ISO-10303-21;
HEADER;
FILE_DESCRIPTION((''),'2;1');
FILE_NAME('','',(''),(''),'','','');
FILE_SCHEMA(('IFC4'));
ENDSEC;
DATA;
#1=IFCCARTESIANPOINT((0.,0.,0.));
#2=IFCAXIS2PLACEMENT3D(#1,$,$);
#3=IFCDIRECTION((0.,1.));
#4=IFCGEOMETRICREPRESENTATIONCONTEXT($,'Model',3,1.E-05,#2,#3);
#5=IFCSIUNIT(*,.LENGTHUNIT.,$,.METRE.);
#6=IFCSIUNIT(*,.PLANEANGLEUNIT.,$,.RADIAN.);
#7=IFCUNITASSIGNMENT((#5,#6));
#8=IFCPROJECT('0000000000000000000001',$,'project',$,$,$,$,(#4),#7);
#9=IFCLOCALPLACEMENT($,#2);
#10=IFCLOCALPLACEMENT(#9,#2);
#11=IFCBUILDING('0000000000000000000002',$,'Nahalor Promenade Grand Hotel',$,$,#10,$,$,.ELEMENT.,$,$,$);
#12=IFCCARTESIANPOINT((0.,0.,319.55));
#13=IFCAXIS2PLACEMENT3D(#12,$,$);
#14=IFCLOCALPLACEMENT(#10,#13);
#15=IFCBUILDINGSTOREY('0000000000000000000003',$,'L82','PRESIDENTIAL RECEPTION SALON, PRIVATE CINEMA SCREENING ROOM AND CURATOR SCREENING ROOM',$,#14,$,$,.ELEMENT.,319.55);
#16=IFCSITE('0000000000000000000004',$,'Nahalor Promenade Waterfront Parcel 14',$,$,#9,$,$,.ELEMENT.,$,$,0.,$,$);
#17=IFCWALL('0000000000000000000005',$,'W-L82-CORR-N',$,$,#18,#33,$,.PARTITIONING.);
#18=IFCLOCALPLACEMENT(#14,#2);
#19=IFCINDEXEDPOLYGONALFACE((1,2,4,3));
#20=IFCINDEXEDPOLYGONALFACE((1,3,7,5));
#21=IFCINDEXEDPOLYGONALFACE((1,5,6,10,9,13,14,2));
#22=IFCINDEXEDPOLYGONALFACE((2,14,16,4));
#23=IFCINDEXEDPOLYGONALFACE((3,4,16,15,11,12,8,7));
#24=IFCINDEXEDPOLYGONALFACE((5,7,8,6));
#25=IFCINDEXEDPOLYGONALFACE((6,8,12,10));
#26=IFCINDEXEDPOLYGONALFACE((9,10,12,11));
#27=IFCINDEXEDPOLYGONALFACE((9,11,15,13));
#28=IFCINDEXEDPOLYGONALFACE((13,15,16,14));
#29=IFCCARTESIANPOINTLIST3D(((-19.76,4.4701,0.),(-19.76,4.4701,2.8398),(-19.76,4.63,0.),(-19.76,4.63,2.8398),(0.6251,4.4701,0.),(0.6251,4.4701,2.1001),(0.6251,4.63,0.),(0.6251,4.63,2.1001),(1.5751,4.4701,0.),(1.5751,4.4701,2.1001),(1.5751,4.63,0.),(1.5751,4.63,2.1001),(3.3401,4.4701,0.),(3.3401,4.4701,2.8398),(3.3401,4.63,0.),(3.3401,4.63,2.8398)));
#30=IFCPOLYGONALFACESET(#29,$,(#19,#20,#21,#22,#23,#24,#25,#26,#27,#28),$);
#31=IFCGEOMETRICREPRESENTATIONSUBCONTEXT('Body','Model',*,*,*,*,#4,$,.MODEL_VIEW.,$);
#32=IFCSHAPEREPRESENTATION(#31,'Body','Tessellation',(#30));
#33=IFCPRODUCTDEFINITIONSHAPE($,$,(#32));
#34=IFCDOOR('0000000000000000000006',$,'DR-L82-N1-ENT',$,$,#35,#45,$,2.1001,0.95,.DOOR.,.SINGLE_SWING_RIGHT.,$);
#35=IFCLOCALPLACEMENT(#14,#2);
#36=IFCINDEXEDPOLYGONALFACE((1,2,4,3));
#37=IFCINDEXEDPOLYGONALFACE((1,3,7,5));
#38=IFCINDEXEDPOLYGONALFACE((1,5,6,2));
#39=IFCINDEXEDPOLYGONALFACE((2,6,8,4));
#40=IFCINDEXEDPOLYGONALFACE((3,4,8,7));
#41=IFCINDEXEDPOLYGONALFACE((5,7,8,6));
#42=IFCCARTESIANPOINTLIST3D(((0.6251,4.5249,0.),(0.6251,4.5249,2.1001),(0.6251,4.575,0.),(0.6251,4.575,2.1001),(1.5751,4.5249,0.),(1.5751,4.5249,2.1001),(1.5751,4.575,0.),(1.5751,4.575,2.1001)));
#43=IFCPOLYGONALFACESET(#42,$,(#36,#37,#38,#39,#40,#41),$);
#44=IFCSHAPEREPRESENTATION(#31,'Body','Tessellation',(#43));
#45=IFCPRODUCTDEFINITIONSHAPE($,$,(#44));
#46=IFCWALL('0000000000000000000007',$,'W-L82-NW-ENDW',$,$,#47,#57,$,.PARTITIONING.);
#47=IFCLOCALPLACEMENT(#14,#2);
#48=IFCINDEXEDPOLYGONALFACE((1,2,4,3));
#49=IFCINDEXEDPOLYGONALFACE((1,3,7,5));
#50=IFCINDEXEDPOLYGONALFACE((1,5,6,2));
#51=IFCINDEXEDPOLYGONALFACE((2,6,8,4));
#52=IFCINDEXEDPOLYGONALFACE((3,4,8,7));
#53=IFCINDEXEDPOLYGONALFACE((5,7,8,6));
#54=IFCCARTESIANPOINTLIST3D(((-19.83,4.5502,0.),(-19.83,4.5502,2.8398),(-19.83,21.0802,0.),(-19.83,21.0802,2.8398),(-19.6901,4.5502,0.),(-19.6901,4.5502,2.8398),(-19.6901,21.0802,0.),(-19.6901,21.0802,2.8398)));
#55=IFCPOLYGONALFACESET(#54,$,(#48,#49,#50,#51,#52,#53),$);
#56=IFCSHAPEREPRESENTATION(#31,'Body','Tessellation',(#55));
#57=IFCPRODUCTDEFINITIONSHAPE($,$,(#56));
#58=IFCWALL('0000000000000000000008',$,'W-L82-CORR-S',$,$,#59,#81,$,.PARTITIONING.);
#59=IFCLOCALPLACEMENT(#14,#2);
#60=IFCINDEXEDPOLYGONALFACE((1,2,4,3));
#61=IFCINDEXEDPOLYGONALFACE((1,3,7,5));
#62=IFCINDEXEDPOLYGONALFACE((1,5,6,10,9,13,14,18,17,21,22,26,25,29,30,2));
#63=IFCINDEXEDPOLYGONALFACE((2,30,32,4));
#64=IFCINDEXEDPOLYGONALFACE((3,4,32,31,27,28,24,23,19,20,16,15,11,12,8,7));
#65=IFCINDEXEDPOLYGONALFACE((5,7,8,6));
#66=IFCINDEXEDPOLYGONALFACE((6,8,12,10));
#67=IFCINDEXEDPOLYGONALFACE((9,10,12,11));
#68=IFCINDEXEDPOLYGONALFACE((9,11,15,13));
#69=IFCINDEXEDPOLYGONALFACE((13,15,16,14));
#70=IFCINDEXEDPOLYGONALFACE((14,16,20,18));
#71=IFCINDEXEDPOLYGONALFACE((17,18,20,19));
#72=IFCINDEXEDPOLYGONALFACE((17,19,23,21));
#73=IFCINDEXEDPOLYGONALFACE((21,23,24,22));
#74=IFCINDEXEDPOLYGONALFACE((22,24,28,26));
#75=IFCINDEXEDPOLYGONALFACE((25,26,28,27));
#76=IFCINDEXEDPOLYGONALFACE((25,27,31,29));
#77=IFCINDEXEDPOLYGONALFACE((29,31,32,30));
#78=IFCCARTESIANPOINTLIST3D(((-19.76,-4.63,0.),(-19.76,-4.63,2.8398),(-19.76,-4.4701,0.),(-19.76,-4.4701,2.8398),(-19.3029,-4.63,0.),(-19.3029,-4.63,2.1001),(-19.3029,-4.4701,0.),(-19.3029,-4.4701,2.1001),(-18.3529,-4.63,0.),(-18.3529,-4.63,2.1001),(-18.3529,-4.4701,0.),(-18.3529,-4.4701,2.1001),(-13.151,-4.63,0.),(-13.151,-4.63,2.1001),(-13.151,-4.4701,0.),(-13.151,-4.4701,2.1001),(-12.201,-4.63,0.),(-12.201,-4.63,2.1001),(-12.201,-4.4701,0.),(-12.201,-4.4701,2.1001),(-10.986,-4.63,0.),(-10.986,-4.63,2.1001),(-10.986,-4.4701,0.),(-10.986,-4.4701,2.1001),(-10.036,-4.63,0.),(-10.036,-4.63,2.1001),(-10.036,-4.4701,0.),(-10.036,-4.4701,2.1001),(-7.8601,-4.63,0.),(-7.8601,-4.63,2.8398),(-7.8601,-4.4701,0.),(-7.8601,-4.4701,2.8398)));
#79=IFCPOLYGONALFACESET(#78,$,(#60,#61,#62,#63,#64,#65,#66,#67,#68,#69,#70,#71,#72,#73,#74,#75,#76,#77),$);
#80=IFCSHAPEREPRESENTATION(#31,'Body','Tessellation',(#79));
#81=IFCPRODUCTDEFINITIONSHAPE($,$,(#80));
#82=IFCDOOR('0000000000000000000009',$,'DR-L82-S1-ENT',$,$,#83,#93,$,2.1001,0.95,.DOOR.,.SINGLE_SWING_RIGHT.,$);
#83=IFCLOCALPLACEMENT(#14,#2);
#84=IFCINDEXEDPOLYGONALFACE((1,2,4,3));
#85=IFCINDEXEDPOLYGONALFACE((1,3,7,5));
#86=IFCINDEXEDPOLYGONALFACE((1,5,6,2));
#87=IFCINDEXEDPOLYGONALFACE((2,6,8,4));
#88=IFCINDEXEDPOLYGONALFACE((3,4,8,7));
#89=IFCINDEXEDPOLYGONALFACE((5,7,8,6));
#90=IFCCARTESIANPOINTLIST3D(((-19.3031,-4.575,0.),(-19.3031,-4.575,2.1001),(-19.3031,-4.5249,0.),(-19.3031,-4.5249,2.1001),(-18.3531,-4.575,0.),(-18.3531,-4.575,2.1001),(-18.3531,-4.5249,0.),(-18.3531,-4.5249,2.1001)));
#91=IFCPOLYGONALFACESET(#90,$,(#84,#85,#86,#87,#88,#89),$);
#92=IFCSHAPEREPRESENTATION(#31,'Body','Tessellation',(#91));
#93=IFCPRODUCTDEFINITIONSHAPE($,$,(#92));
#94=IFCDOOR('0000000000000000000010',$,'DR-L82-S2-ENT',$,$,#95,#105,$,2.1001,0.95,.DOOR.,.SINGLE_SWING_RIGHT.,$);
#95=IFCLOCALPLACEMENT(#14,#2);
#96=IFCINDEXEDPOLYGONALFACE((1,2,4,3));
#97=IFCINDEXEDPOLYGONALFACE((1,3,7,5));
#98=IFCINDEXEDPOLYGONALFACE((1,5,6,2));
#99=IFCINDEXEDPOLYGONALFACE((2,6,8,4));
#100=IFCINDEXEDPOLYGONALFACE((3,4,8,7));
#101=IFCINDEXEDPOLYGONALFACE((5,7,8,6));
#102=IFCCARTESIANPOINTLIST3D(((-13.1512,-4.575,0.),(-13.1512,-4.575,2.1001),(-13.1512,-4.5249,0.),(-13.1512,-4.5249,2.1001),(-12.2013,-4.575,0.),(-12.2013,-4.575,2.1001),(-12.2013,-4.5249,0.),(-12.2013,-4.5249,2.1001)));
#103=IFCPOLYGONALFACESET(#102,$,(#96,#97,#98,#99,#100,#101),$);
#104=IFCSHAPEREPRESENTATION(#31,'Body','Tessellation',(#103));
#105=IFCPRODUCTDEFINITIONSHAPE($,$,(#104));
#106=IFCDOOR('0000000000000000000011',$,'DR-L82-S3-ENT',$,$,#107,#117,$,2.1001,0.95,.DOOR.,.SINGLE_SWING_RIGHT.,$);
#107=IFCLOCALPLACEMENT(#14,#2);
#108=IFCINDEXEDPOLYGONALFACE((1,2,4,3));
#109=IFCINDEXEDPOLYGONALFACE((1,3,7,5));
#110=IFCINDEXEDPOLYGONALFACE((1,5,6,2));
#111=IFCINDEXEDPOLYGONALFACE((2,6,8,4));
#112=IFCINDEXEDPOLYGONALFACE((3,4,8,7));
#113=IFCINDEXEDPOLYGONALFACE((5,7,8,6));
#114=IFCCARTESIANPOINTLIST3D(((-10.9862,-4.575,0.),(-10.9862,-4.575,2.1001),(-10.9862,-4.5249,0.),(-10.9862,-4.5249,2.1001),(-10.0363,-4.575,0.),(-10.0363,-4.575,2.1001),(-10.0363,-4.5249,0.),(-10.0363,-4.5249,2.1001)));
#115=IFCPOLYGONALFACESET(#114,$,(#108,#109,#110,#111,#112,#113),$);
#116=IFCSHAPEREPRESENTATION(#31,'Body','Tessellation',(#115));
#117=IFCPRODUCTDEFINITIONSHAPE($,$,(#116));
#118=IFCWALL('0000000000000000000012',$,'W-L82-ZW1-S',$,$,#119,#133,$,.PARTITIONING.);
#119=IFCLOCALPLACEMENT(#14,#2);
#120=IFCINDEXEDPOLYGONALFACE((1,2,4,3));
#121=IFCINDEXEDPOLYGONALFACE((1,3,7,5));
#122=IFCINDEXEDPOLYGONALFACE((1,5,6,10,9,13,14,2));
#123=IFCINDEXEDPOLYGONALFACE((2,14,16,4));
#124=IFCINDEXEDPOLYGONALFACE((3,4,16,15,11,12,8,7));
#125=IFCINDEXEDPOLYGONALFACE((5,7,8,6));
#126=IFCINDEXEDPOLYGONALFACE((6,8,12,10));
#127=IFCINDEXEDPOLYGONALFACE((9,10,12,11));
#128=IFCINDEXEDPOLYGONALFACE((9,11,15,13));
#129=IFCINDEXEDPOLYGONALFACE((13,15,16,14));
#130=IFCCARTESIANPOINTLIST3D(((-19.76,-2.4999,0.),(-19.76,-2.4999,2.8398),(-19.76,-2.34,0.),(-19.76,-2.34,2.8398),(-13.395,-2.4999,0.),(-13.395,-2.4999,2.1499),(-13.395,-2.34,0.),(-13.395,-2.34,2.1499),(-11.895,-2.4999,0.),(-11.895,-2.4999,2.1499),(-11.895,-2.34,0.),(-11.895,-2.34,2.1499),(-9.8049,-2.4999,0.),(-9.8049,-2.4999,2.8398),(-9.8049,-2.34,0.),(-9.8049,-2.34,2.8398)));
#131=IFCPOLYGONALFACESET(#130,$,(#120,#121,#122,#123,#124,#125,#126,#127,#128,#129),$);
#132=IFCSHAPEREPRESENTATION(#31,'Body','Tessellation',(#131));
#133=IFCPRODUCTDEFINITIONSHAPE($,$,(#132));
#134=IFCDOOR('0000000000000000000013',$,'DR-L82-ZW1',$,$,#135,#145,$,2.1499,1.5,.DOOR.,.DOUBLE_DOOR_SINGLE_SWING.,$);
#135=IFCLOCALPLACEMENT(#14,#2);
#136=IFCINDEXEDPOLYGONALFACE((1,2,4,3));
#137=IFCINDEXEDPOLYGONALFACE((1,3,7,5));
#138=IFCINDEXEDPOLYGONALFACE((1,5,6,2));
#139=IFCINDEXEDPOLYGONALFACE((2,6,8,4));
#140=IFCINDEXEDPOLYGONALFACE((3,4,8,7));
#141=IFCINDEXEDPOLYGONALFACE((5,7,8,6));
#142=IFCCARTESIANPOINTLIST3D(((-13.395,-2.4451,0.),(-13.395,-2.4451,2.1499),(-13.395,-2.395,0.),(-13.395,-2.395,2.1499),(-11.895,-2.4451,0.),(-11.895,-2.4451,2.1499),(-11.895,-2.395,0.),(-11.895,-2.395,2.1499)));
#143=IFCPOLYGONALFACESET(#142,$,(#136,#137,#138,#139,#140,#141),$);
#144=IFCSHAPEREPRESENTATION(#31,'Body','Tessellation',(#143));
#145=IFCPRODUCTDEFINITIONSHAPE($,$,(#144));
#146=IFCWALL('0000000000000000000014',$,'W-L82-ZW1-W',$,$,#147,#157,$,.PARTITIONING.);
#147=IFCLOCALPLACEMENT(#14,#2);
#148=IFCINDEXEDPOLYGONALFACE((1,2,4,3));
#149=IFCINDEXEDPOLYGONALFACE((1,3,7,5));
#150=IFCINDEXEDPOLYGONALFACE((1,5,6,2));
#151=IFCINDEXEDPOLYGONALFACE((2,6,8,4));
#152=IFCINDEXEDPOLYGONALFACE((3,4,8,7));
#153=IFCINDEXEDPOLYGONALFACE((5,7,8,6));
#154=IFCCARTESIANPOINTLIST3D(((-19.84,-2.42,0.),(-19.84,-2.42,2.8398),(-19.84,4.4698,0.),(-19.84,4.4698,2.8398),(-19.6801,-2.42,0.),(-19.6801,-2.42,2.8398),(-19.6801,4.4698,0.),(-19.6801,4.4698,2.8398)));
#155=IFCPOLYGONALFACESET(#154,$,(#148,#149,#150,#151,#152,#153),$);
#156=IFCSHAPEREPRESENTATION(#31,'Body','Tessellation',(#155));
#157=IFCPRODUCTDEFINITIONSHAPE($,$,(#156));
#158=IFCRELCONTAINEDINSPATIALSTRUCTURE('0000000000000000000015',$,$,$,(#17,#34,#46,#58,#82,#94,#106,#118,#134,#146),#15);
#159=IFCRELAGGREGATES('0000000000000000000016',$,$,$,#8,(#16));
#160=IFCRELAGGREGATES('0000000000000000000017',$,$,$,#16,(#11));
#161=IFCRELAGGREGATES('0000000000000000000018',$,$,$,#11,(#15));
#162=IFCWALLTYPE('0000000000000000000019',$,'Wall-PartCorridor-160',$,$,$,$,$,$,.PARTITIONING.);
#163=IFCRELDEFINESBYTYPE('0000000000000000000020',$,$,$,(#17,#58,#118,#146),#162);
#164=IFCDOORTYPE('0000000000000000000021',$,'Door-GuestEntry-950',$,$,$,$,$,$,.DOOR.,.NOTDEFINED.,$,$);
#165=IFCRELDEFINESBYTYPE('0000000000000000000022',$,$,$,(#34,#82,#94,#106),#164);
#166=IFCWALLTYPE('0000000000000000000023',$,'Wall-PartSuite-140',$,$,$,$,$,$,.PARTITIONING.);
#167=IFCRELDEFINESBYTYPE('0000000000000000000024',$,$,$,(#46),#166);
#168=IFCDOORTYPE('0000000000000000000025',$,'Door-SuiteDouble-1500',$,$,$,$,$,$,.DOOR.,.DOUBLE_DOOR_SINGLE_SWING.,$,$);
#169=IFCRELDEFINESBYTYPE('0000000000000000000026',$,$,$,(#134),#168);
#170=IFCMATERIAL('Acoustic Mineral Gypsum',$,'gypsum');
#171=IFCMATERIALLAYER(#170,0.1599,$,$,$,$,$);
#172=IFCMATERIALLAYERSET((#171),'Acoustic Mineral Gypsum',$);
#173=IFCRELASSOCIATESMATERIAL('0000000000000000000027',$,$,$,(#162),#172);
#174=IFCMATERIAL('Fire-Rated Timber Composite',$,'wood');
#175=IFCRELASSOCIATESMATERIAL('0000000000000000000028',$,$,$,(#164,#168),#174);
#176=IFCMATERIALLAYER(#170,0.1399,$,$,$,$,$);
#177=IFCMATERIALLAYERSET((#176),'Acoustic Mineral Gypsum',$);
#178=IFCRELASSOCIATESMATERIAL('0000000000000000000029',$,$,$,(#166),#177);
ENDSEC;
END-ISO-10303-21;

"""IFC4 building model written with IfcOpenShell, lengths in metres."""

from ifc_helpers import new_model, si_unit, direction, frame, frame_2d, origin, place, context, subcontext, project, spatial, rectangle, extrude, source, transform, mapped, material, layer, layer_set, type_object, element, fill, save


model = new_model("IFC4")

# Units and contexts
model_context = context("Model", 3, precision=1e-05, world=origin(), true_north=direction((0.0, 1.0)))
body_context = subcontext(model_context, "Body", "Model", "MODEL_VIEW")
ifc_project = project(units=[si_unit("LENGTHUNIT", "METRE"), si_unit("PLANEANGLEUNIT", "RADIAN")], contexts=[model_context])

# Site, building, storey
site_placement = place(None, origin())
site = spatial("IfcSite", under=ifc_project, at=site_placement, Name="Nahalor Promenade Waterfront Parcel 14", CompositionType="ELEMENT", RefElevation=0.0)
building_placement = place(site_placement, origin())
building = spatial("IfcBuilding", under=site, at=building_placement, Name="Nahalor Promenade Grand Hotel", CompositionType="ELEMENT")
storey_placement = place(building_placement, frame((0.0, 0.0, 319.55)))
storey = spatial("IfcBuildingStorey", under=building, at=storey_placement, Name="L82", Description="PRESIDENTIAL RECEPTION SALON, PRIVATE CINEMA SCREENING ROOM AND CURATOR SCREENING ROOM", CompositionType="ELEMENT", Elevation=319.55)

# Wall, opening, door
ifc_material_1 = material(Name="Acoustic Mineral Gypsum", Category="gypsum")
ifc_layer_1 = layer(ifc_material_1, 0.1599)
ifc_layer_set_1 = layer_set([ifc_layer_1], Name="Acoustic Mineral Gypsum")
wall_type_1 = type_object("IfcWallType", Name="Wall-PartCorridor-160", PredefinedType="PARTITIONING", material=ifc_layer_set_1)
shared_shape_1 = source(origin(), body_context, "Body", "SweptSolid", [
    extrude(rectangle(XDim=23.1001, YDim=0.1599, at=frame_2d((11.55, 0.0))), origin(), (0.0, 0.0, 1.0), 2.8398),
])
wall_1_placement = place(storey_placement, frame((-19.76, 4.55, 0.0), z_axis=(0.0, 0.0, 1.0), x_axis=(1.0, 0.0, 0.0)))
wall_1 = element("IfcWall", 1, at=wall_1_placement, inside=storey, type_object=wall_type_1, Name="W-L82-CORR-N", PredefinedType="PARTITIONING", context=body_context, shape_type="MappedRepresentation", body=[
    mapped(shared_shape_1, transform((0.0, 0.0, 0.0), scale=1.0)),
])
opening_1_placement = place(wall_1_placement, frame((20.385, 0.0, 0.0)))
opening_1 = element("IfcOpeningElement", 2, at=opening_1_placement, cuts=wall_1, PredefinedType="OPENING", context=body_context, shape_type="SweptSolid", body=[
    extrude(rectangle(XDim=0.95, YDim=2.1001, at=frame_2d((0.4751, 1.05))), frame((0.0, 0.0898, 0.0), z_axis=(0.0, -1.0, 0.0), x_axis=(1.0, 0.0, 0.0)), (0.0, 0.0, 1.0), 0.1799),
])
ifc_material_2 = material(Name="Fire-Rated Timber Composite", Category="wood")
door_type_1 = type_object("IfcDoorType", Name="Door-GuestEntry-950", OperationType="NOTDEFINED", PredefinedType="DOOR", material=ifc_material_2)
shared_shape_2 = source(origin(), body_context, "Body", "SweptSolid", [
    extrude(rectangle(XDim=0.95, YDim=2.1001, at=frame_2d((0.4751, 1.05))), frame((0.0, 0.0249, 0.0), z_axis=(0.0, -1.0, 0.0), x_axis=(1.0, 0.0, 0.0)), (0.0, 0.0, 1.0), 0.05),
])
door_1_placement = place(opening_1_placement, origin())
door_1 = element("IfcDoor", 3, at=door_1_placement, inside=storey, type_object=door_type_1, Name="DR-L82-N1-ENT", OperationType="SINGLE_SWING_RIGHT", OverallHeight=2.1001, OverallWidth=0.95, PredefinedType="DOOR", context=body_context, shape_type="MappedRepresentation", body=[
    mapped(shared_shape_2, transform((0.0, 0.0, 0.0), scale=1.0)),
])
fill(opening_1, door_1)

# Wall
ifc_layer_2 = layer(ifc_material_1, 0.1399)
ifc_layer_set_2 = layer_set([ifc_layer_2], Name="Acoustic Mineral Gypsum")
wall_type_2 = type_object("IfcWallType", Name="Wall-PartSuite-140", PredefinedType="PARTITIONING", material=ifc_layer_set_2)
shared_shape_3 = source(origin(), body_context, "Body", "SweptSolid", [
    extrude(rectangle(XDim=16.53, YDim=0.1399, at=frame_2d((8.2651, 0.0))), origin(), (0.0, 0.0, 1.0), 2.8398),
])
wall_2_placement = place(storey_placement, frame((-19.76, 4.55, 0.0), z_axis=(0.0, 0.0, 1.0), x_axis=(0.0, 1.0, 0.0)))
element("IfcWall", 4, at=wall_2_placement, inside=storey, type_object=wall_type_2, Name="W-L82-NW-ENDW", PredefinedType="PARTITIONING", context=body_context, shape_type="MappedRepresentation", body=[
    mapped(shared_shape_3, transform((0.0, 0.0, 0.0), scale=1.0)),
])

# Wall, openings, doors
shared_shape_4 = source(origin(), body_context, "Body", "SweptSolid", [
    extrude(rectangle(XDim=11.8999, YDim=0.1599, at=frame_2d((5.95, 0.0))), origin(), (0.0, 0.0, 1.0), 2.8398),
])
wall_3_placement = place(storey_placement, frame((-19.76, -4.55, 0.0), z_axis=(0.0, 0.0, 1.0), x_axis=(1.0, 0.0, 0.0)))
wall_3 = element("IfcWall", 5, at=wall_3_placement, inside=storey, type_object=wall_type_1, Name="W-L82-CORR-S", PredefinedType="PARTITIONING", context=body_context, shape_type="MappedRepresentation", body=[
    mapped(shared_shape_4, transform((0.0, 0.0, 0.0), scale=1.0)),
])
opening_2_placement = place(wall_3_placement, frame((0.457, 0.0, 0.0)))
opening_2 = element("IfcOpeningElement", 6, at=opening_2_placement, cuts=wall_3, PredefinedType="OPENING", context=body_context, shape_type="SweptSolid", body=[
    extrude(rectangle(XDim=0.95, YDim=2.1001, at=frame_2d((0.4751, 1.05))), frame((0.0, 0.0898, 0.0), z_axis=(0.0, -1.0, 0.0), x_axis=(1.0, 0.0, 0.0)), (0.0, 0.0, 1.0), 0.1799),
])
opening_3_placement = place(wall_3_placement, frame((6.6089, 0.0, 0.0)))
opening_3 = element("IfcOpeningElement", 7, at=opening_3_placement, cuts=wall_3, PredefinedType="OPENING", context=body_context, shape_type="SweptSolid", body=[
    extrude(rectangle(XDim=0.95, YDim=2.1001, at=frame_2d((0.4751, 1.05))), frame((0.0, 0.0898, 0.0), z_axis=(0.0, -1.0, 0.0), x_axis=(1.0, 0.0, 0.0)), (0.0, 0.0, 1.0), 0.1799),
])
opening_4_placement = place(wall_3_placement, frame((8.7739, 0.0, 0.0)))
opening_4 = element("IfcOpeningElement", 8, at=opening_4_placement, cuts=wall_3, PredefinedType="OPENING", context=body_context, shape_type="SweptSolid", body=[
    extrude(rectangle(XDim=0.95, YDim=2.1001, at=frame_2d((0.4751, 1.05))), frame((0.0, 0.0898, 0.0), z_axis=(0.0, -1.0, 0.0), x_axis=(1.0, 0.0, 0.0)), (0.0, 0.0, 1.0), 0.1799),
])
door_2_placement = place(opening_2_placement, frame((0.95, 0.0, 0.0), z_axis=(0.0, 0.0, 1.0), x_axis=(-1.0, 0.0, 0.0)))
door_2 = element("IfcDoor", 9, at=door_2_placement, inside=storey, type_object=door_type_1, Name="DR-L82-S1-ENT", OperationType="SINGLE_SWING_RIGHT", OverallHeight=2.1001, OverallWidth=0.95, PredefinedType="DOOR", context=body_context, shape_type="MappedRepresentation", body=[
    mapped(shared_shape_2, transform((0.0, 0.0, 0.0), scale=1.0)),
])
fill(opening_2, door_2)
door_3_placement = place(opening_3_placement, frame((0.95, 0.0, 0.0), z_axis=(0.0, 0.0, 1.0), x_axis=(-1.0, 0.0, 0.0)))
door_3 = element("IfcDoor", 10, at=door_3_placement, inside=storey, type_object=door_type_1, Name="DR-L82-S2-ENT", OperationType="SINGLE_SWING_RIGHT", OverallHeight=2.1001, OverallWidth=0.95, PredefinedType="DOOR", context=body_context, shape_type="MappedRepresentation", body=[
    mapped(shared_shape_2, transform((0.0, 0.0, 0.0), scale=1.0)),
])
fill(opening_3, door_3)
door_4_placement = place(opening_4_placement, frame((0.95, 0.0, 0.0), z_axis=(0.0, 0.0, 1.0), x_axis=(-1.0, 0.0, 0.0)))
door_4 = element("IfcDoor", 11, at=door_4_placement, inside=storey, type_object=door_type_1, Name="DR-L82-S3-ENT", OperationType="SINGLE_SWING_RIGHT", OverallHeight=2.1001, OverallWidth=0.95, PredefinedType="DOOR", context=body_context, shape_type="MappedRepresentation", body=[
    mapped(shared_shape_2, transform((0.0, 0.0, 0.0), scale=1.0)),
])
fill(opening_4, door_4)

# Wall, opening, door
shared_shape_5 = source(origin(), body_context, "Body", "SweptSolid", [
    extrude(rectangle(XDim=9.9551, YDim=0.1599, at=frame_2d((4.9775, 0.0))), origin(), (0.0, 0.0, 1.0), 2.8398),
])
wall_4_placement = place(storey_placement, frame((-19.76, -2.4199, 0.0), z_axis=(0.0, 0.0, 1.0), x_axis=(1.0, 0.0, 0.0)))
wall_4 = element("IfcWall", 12, at=wall_4_placement, inside=storey, type_object=wall_type_1, Name="W-L82-ZW1-S", PredefinedType="PARTITIONING", context=body_context, shape_type="MappedRepresentation", body=[
    mapped(shared_shape_5, transform((0.0, 0.0, 0.0), scale=1.0)),
])
opening_5_placement = place(wall_4_placement, frame((6.365, 0.0, 0.0)))
opening_5 = element("IfcOpeningElement", 13, at=opening_5_placement, cuts=wall_4, PredefinedType="OPENING", context=body_context, shape_type="SweptSolid", body=[
    extrude(rectangle(XDim=1.5, YDim=2.1499, at=frame_2d((0.75, 1.075))), frame((0.0, 0.0898, 0.0), z_axis=(0.0, -1.0, 0.0), x_axis=(1.0, 0.0, 0.0)), (0.0, 0.0, 1.0), 0.1799),
])
door_type_2 = type_object("IfcDoorType", Name="Door-SuiteDouble-1500", OperationType="DOUBLE_DOOR_SINGLE_SWING", PredefinedType="DOOR", material=ifc_material_2)
shared_shape_6 = source(origin(), body_context, "Body", "SweptSolid", [
    extrude(rectangle(XDim=1.5, YDim=2.1499, at=frame_2d((0.75, 1.075))), frame((0.0, 0.0249, 0.0), z_axis=(0.0, -1.0, 0.0), x_axis=(1.0, 0.0, 0.0)), (0.0, 0.0, 1.0), 0.05),
])
door_5_placement = place(opening_5_placement, origin())
door_5 = element("IfcDoor", 14, at=door_5_placement, inside=storey, type_object=door_type_2, Name="DR-L82-ZW1", OperationType="DOUBLE_DOOR_SINGLE_SWING", OverallHeight=2.1499, OverallWidth=1.5, PredefinedType="DOOR", context=body_context, shape_type="MappedRepresentation", body=[
    mapped(shared_shape_6, transform((0.0, 0.0, 0.0), scale=1.0)),
])
fill(opening_5, door_5)

# Wall
shared_shape_7 = source(origin(), body_context, "Body", "SweptSolid", [
    extrude(rectangle(XDim=6.8899, YDim=0.1599, at=frame_2d((3.4448, 0.0))), origin(), (0.0, 0.0, 1.0), 2.8398),
])
wall_5_placement = place(storey_placement, frame((-19.76, -2.4199, 0.0), z_axis=(0.0, 0.0, 1.0), x_axis=(0.0, 1.0, 0.0)))
element("IfcWall", 15, at=wall_5_placement, inside=storey, type_object=wall_type_1, Name="W-L82-ZW1-W", PredefinedType="PARTITIONING", context=body_context, shape_type="MappedRepresentation", body=[
    mapped(shared_shape_7, transform((0.0, 0.0, 0.0), scale=1.0)),
])

save(model, "model.ifc")
